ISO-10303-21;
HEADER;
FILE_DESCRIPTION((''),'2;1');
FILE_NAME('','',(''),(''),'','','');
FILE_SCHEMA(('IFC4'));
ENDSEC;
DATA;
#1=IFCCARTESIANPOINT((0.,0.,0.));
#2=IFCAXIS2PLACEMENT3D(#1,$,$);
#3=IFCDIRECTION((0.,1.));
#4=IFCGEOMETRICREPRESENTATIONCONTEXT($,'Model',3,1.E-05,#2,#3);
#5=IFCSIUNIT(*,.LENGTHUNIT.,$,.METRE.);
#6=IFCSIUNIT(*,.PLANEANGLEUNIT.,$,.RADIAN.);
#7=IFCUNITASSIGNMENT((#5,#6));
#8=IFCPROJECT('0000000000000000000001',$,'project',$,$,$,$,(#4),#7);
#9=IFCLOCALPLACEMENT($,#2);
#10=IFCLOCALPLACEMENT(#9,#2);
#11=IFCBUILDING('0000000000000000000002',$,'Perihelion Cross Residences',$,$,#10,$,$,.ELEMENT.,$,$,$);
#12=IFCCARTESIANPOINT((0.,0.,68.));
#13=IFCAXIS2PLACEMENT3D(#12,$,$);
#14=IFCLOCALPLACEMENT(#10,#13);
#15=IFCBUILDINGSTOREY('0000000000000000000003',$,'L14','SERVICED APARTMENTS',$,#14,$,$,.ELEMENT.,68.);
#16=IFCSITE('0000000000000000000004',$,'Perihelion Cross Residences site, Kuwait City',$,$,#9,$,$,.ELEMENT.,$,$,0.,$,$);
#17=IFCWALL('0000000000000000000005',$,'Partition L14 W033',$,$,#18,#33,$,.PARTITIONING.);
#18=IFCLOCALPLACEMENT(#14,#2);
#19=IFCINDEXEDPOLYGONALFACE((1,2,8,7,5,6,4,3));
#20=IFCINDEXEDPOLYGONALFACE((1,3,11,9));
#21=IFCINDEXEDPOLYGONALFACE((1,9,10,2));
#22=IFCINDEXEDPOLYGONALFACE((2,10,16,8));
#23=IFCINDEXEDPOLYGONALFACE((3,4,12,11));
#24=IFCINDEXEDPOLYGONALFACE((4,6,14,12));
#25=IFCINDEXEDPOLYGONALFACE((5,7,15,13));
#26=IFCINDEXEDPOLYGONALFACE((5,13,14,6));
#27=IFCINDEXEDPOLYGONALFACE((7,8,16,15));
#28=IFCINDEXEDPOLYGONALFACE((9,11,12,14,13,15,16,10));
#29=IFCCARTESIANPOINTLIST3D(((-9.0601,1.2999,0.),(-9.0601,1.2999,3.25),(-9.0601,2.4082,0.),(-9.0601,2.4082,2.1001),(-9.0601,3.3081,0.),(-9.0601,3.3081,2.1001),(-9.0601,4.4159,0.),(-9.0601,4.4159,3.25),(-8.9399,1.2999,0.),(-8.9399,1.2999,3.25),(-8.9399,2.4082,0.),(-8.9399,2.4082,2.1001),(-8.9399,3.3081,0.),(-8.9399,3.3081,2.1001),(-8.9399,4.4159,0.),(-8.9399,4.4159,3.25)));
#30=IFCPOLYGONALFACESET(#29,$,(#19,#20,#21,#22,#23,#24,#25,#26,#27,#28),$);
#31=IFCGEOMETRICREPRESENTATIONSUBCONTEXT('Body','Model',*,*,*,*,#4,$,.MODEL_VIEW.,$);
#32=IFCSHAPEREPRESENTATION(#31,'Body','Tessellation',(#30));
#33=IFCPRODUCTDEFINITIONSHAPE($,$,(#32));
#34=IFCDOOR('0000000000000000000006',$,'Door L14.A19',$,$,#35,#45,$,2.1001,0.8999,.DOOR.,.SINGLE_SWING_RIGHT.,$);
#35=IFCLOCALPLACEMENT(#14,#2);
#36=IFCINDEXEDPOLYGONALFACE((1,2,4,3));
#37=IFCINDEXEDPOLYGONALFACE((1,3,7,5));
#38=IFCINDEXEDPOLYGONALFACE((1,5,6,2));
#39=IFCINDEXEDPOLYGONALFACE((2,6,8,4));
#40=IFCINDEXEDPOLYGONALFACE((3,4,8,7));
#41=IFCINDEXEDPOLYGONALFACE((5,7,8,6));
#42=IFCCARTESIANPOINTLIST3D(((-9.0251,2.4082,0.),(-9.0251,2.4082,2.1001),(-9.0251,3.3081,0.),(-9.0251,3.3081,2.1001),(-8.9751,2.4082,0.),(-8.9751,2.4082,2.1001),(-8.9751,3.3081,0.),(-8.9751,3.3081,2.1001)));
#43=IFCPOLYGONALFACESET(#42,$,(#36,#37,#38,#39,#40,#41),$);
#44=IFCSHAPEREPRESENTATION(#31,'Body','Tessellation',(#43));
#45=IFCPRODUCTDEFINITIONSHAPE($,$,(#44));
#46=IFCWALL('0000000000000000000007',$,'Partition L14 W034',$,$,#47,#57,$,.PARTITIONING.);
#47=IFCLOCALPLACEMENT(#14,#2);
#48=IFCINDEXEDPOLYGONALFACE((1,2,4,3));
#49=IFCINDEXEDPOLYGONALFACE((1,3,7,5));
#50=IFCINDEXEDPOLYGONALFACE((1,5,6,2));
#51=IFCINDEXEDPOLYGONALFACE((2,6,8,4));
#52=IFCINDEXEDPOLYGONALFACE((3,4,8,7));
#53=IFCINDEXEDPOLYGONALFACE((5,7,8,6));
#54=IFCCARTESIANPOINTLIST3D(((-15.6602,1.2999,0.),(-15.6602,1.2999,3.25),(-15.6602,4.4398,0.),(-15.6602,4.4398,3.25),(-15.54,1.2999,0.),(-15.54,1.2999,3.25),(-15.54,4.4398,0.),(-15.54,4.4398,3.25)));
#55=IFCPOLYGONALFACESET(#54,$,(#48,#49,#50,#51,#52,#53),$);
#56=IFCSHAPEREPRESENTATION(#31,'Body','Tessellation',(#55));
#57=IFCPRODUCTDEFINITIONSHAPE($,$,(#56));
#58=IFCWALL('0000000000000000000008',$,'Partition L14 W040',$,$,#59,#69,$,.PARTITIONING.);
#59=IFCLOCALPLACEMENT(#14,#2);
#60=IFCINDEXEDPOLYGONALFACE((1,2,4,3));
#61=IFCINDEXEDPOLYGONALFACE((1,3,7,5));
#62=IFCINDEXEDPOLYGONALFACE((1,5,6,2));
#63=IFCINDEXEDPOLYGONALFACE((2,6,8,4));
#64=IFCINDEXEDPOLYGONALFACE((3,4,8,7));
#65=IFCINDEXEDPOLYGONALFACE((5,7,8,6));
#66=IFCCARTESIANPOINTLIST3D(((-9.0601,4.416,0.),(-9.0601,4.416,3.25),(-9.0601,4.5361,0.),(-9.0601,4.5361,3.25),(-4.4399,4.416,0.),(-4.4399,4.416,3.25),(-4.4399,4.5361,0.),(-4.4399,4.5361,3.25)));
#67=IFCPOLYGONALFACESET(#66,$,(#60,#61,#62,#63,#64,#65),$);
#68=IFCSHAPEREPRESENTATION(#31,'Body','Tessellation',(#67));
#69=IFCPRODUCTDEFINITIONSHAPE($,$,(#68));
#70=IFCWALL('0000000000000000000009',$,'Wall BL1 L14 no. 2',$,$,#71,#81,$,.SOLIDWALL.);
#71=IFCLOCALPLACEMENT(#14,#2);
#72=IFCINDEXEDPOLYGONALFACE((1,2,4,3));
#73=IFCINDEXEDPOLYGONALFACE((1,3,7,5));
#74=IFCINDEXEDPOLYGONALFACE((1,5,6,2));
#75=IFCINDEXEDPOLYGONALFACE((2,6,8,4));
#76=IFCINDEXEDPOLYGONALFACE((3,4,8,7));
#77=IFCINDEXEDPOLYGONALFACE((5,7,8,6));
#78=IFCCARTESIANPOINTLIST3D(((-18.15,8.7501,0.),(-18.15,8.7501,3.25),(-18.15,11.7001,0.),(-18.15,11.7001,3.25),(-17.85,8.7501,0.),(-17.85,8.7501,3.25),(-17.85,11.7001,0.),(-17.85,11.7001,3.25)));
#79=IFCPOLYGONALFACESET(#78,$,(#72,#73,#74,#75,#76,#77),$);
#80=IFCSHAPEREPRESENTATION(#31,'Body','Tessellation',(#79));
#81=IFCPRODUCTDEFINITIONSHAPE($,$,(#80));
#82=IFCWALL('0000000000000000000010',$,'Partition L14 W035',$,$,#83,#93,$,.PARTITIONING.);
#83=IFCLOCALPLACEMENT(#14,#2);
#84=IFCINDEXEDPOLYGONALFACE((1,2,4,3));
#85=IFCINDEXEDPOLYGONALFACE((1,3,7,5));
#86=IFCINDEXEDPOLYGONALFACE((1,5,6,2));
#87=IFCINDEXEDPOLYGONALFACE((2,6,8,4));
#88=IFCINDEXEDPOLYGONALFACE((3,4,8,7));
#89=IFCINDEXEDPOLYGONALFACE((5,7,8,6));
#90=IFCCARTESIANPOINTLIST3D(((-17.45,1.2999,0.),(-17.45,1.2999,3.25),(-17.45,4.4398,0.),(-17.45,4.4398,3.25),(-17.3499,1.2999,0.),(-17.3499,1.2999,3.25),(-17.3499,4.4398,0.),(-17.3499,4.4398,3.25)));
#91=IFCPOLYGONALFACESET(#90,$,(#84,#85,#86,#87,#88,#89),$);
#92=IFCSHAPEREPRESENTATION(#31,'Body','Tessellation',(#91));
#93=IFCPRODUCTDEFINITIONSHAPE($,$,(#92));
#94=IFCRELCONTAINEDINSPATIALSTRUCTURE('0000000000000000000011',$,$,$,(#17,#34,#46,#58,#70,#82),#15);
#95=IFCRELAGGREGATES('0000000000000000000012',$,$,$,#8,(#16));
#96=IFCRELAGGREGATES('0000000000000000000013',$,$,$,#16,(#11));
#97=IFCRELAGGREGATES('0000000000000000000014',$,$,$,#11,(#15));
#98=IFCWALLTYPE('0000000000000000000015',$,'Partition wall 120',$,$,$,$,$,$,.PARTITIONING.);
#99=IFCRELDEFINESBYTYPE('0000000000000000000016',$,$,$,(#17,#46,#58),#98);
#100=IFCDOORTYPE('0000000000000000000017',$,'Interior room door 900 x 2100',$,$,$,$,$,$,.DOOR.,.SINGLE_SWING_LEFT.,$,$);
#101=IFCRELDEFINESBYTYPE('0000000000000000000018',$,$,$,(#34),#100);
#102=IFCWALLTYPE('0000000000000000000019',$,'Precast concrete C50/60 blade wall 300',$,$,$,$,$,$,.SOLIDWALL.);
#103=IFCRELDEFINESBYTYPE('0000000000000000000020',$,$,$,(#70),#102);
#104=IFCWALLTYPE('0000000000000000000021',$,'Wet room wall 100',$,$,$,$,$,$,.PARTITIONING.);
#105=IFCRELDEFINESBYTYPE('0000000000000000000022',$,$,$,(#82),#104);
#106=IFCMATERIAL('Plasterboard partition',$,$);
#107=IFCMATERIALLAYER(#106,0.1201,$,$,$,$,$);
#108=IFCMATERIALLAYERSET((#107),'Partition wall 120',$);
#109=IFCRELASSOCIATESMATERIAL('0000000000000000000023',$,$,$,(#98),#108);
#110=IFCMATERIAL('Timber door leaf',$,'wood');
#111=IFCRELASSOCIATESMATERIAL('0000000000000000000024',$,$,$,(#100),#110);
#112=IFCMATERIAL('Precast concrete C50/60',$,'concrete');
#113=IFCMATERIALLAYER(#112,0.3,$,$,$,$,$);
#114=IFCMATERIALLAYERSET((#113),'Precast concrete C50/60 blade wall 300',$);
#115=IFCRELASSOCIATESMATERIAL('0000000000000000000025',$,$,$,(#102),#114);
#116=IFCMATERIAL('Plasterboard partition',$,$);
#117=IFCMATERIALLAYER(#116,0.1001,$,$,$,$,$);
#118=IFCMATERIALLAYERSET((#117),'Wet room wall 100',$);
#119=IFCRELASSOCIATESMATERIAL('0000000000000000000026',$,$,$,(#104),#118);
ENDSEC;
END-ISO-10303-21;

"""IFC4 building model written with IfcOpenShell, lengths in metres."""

from ifc_helpers import new_model, si_unit, direction, frame, frame_2d, origin, place, context, subcontext, project, spatial, rectangle, extrude, material, layer, layer_set, type_object, element, fill, save


model = new_model("IFC4")

# Units and contexts
model_context = context("Model", 3, precision=1e-05, world=origin(), true_north=direction((0.0, 1.0)))
body_context = subcontext(model_context, "Body", "Model", "MODEL_VIEW")
ifc_project = project(units=[si_unit("LENGTHUNIT", "METRE"), si_unit("PLANEANGLEUNIT", "RADIAN")], contexts=[model_context])

# Site, building, storey
site_placement = place(None, origin())
site = spatial("IfcSite", under=ifc_project, at=site_placement, Name="Perihelion Cross Residences site, Kuwait City", CompositionType="ELEMENT", RefElevation=0.0)
building_placement = place(site_placement, origin())
building = spatial("IfcBuilding", under=site, at=building_placement, Name="Perihelion Cross Residences", CompositionType="ELEMENT")
storey_placement = place(building_placement, frame((0.0, 0.0, 68.0)))
storey = spatial("IfcBuildingStorey", under=building, at=storey_placement, Name="L14", Description="SERVICED APARTMENTS", CompositionType="ELEMENT", Elevation=68.0)

# Shared definitions
ifc_material_1 = material(Name="Plasterboard partition")
ifc_layer_1 = layer(ifc_material_1, 0.1201)
ifc_layer_set_1 = layer_set([ifc_layer_1], Name="Partition wall 120")
wall_type_1 = type_object("IfcWallType", Name="Partition wall 120", PredefinedType="PARTITIONING", material=ifc_layer_set_1)
ifc_material_2 = material(Name="Timber door leaf", Category="wood")
door_type_1 = type_object("IfcDoorType", Name="Interior room door 900 x 2100", OperationType="SINGLE_SWING_LEFT", PredefinedType="DOOR", material=ifc_material_2)

# Wall, opening, door
wall_1_placement = place(storey_placement, frame((-9.0, 4.416, 0.0), z_axis=(0.0, 0.0, 1.0), x_axis=(0.0, -1.0, 0.0)))
wall_1 = element("IfcWall", 1, at=wall_1_placement, inside=storey, type_object=wall_type_1, Name="Partition L14 W033", PredefinedType="PARTITIONING", context=body_context, shape_type="SweptSolid", body=[
    extrude(rectangle(XDim=3.116, YDim=0.1201, at=frame_2d((1.5581, 0.0))), origin(), (0.0, 0.0, 1.0), 3.25),
])
opening_1_placement = place(wall_1_placement, frame((1.1079, 0.0, 0.0)))
opening_1 = element("IfcOpeningElement", 2, at=opening_1_placement, cuts=wall_1, PredefinedType="OPENING", context=body_context, shape_type="SweptSolid", body=[
    extrude(rectangle(XDim=0.8999, YDim=2.1001, at=frame_2d((0.45, 1.05))), frame((0.0, 0.0701, 0.0), z_axis=(0.0, -1.0, 0.0), x_axis=(1.0, 0.0, 0.0)), (0.0, 0.0, 1.0), 0.1401),
])
door_1_placement = place(opening_1_placement, origin())
door_1 = element("IfcDoor", 3, at=door_1_placement, inside=storey, type_object=door_type_1, Name="Door L14.A19", OperationType="SINGLE_SWING_RIGHT", OverallHeight=2.1001, OverallWidth=0.8999, PredefinedType="DOOR", context=body_context, shape_type="SweptSolid", body=[
    extrude(rectangle(XDim=0.8999, YDim=2.1001, at=frame_2d((0.45, 1.05))), frame((0.0, 0.0249, 0.0), z_axis=(0.0, -1.0, 0.0), x_axis=(1.0, 0.0, 0.0)), (0.0, 0.0, 1.0), 0.05),
])
fill(opening_1, door_1)

# Walls
wall_2_placement = place(storey_placement, frame((-15.6001, 1.3, 0.0), z_axis=(0.0, 0.0, 1.0), x_axis=(0.0, 1.0, 0.0)))
element("IfcWall", 4, at=wall_2_placement, inside=storey, type_object=wall_type_1, Name="Partition L14 W034", PredefinedType="PARTITIONING", context=body_context, shape_type="SweptSolid", body=[
    extrude(rectangle(XDim=3.1399, YDim=0.1201, at=frame_2d((1.5698, 0.0))), origin(), (0.0, 0.0, 1.0), 3.25),
])
wall_3_placement = place(storey_placement, frame((-9.0601, 4.4761, 0.0), z_axis=(0.0, 0.0, 1.0), x_axis=(1.0, 0.0, 0.0)))
element("IfcWall", 5, at=wall_3_placement, inside=storey, type_object=wall_type_1, Name="Partition L14 W040", PredefinedType="PARTITIONING", context=body_context, shape_type="SweptSolid", body=[
    extrude(rectangle(XDim=4.6201, YDim=0.1201, at=frame_2d((2.3101, 0.0))), origin(), (0.0, 0.0, 1.0), 3.25),
])
ifc_material_3 = material(Name="Precast concrete C50/60", Category="concrete")
ifc_layer_2 = layer(ifc_material_3, 0.3)
ifc_layer_set_2 = layer_set([ifc_layer_2], Name="Precast concrete C50/60 blade wall 300")
wall_type_2 = type_object("IfcWallType", Name="Precast concrete C50/60 blade wall 300", PredefinedType="SOLIDWALL", material=ifc_layer_set_2)
wall_4_placement = place(storey_placement, frame((-18.0, 8.75, 0.0), z_axis=(0.0, 0.0, 1.0), x_axis=(0.0, 1.0, 0.0)))
element("IfcWall", 6, at=wall_4_placement, inside=storey, type_object=wall_type_2, Name="Wall BL1 L14 no. 2", PredefinedType="SOLIDWALL", context=body_context, shape_type="SweptSolid", body=[
    extrude(rectangle(XDim=2.95, YDim=0.3, at=frame_2d((1.4751, 0.0))), origin(), (0.0, 0.0, 1.0), 3.25),
])
ifc_material_4 = material(Name="Plasterboard partition")
ifc_layer_3 = layer(ifc_material_4, 0.1001)
ifc_layer_set_3 = layer_set([ifc_layer_3], Name="Wet room wall 100")
wall_type_3 = type_object("IfcWallType", Name="Wet room wall 100", PredefinedType="PARTITIONING", material=ifc_layer_set_3)
wall_5_placement = place(storey_placement, frame((-17.3999, 1.3, 0.0), z_axis=(0.0, 0.0, 1.0), x_axis=(0.0, 1.0, 0.0)))
element("IfcWall", 7, at=wall_5_placement, inside=storey, type_object=wall_type_3, Name="Partition L14 W035", PredefinedType="PARTITIONING", context=body_context, shape_type="SweptSolid", body=[
    extrude(rectangle(XDim=3.1399, YDim=0.1001, at=frame_2d((1.5698, 0.0))), origin(), (0.0, 0.0, 1.0), 3.25),
])

save(model, "model.ifc")
